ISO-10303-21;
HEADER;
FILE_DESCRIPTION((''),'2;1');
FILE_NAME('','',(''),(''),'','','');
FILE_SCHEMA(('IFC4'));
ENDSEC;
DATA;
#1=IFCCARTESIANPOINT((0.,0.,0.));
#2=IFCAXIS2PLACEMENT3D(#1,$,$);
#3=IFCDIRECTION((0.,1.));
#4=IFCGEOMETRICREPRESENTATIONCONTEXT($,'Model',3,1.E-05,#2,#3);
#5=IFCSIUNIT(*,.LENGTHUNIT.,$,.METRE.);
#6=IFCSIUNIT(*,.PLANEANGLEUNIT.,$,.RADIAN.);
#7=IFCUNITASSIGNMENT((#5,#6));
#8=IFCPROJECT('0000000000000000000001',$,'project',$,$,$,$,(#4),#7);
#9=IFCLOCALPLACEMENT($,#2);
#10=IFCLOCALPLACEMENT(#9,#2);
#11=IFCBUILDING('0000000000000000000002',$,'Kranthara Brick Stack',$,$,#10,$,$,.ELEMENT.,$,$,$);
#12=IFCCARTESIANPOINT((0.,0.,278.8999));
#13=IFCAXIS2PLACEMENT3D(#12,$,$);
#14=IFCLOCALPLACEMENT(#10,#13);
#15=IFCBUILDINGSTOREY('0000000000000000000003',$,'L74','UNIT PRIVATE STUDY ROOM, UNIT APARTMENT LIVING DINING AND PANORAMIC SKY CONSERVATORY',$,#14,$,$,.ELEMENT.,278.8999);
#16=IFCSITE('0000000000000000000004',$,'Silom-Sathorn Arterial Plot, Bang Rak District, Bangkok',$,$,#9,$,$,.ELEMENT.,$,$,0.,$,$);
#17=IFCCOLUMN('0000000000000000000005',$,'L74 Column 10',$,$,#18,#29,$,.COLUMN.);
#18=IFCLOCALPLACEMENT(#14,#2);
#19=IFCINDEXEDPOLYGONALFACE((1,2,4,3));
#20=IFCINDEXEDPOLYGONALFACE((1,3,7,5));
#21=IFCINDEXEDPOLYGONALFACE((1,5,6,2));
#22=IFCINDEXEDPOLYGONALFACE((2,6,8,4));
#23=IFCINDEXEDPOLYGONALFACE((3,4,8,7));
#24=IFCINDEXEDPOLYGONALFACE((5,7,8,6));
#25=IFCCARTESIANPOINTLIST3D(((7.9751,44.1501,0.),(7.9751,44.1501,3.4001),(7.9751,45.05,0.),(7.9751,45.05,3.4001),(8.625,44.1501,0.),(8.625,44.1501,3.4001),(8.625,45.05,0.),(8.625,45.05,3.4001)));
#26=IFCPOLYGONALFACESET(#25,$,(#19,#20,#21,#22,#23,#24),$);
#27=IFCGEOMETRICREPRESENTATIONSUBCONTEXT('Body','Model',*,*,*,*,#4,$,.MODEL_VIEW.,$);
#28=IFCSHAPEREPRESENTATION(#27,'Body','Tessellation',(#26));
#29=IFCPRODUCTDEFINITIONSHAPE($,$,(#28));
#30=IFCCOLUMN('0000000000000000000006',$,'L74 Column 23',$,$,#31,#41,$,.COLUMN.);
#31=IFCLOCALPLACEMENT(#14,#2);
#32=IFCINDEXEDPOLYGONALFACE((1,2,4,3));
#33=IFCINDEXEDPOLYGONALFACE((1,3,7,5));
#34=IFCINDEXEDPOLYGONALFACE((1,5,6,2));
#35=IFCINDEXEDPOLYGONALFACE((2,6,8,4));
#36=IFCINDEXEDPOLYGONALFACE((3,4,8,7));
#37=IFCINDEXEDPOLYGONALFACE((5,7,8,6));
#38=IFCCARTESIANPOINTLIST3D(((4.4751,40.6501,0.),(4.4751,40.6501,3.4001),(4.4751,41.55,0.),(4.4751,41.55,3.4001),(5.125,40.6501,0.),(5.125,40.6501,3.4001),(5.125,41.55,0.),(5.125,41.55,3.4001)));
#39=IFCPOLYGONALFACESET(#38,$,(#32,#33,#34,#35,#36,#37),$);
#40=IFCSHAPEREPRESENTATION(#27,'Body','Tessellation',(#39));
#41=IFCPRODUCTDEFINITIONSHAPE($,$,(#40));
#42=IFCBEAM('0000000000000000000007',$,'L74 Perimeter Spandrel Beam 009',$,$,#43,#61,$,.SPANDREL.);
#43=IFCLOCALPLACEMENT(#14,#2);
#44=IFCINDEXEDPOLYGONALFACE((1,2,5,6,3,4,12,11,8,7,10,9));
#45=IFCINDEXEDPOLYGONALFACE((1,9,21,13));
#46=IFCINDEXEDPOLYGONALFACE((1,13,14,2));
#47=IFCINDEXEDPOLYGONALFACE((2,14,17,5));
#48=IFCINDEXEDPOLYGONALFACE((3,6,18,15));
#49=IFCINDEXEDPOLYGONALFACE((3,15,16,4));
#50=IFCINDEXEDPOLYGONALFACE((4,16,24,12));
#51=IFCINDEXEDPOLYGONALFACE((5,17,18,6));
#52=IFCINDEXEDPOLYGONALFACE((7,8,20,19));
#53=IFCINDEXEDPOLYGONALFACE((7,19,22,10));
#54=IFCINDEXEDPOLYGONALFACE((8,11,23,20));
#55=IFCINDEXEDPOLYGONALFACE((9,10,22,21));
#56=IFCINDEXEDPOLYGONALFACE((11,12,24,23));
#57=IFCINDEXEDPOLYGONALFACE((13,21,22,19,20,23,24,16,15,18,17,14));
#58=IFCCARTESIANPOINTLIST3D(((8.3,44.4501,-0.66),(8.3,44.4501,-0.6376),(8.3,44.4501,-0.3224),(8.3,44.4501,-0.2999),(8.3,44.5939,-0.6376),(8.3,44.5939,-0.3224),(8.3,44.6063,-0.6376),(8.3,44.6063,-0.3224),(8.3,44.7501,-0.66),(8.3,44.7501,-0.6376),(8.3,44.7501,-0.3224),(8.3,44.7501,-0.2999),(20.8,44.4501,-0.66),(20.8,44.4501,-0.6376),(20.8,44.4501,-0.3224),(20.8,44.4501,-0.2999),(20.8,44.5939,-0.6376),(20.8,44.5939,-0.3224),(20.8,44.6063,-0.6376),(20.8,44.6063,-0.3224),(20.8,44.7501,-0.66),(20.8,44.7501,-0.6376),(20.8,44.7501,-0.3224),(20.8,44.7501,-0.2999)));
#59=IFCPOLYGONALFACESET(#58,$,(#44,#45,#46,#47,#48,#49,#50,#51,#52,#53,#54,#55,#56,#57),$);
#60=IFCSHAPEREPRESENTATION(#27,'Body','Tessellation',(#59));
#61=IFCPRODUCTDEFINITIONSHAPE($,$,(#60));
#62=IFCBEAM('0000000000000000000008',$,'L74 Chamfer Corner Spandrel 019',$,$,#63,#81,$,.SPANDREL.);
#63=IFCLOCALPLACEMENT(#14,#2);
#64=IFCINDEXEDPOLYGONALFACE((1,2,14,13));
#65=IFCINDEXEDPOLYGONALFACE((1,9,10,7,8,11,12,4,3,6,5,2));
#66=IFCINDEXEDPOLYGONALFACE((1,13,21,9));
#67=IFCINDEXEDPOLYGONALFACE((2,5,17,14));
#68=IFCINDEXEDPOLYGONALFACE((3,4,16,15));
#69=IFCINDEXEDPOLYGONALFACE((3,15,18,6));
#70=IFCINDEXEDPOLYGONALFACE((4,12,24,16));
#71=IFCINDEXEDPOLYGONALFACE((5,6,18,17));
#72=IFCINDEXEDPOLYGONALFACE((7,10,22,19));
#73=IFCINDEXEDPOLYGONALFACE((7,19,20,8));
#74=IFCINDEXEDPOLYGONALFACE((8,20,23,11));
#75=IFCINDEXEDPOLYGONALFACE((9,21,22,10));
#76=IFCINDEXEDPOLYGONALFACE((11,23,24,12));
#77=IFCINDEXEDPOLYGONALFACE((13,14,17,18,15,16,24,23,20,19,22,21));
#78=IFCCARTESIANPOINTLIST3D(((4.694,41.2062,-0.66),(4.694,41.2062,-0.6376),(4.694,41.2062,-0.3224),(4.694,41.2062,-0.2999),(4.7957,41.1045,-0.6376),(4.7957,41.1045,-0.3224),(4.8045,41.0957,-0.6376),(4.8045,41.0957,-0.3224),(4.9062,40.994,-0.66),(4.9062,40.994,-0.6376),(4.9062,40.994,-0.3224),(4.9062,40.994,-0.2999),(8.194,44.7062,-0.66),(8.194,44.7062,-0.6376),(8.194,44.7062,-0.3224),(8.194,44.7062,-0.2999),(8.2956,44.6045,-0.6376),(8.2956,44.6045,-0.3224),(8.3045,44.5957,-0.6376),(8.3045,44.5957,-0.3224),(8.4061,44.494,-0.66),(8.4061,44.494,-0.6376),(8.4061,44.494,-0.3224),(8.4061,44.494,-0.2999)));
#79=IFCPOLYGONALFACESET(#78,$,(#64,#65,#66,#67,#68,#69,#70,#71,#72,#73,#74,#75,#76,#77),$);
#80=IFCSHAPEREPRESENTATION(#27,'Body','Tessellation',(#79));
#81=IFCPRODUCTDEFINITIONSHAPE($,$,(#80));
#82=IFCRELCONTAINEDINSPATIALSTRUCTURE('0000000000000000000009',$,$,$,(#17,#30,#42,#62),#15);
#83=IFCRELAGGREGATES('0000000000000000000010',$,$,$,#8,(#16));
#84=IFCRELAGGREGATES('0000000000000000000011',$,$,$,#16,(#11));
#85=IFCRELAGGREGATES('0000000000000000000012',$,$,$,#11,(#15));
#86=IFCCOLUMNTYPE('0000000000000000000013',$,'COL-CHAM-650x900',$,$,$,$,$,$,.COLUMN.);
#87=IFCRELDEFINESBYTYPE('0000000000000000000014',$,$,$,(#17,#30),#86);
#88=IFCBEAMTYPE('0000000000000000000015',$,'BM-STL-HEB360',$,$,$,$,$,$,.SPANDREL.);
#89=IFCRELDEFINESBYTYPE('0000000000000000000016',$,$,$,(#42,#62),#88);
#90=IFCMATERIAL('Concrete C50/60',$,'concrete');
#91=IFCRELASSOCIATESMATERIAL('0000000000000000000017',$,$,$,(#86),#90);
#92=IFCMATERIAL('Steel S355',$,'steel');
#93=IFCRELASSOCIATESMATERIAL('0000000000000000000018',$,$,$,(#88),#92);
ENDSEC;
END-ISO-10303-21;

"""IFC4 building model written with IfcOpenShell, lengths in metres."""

from ifc_helpers import new_model, si_unit, direction, frame, origin, origin_2d, place, context, subcontext, project, spatial, rectangle, i_section, extrude, material, material_profile, profile_set, type_object, element, save


model = new_model("IFC4")

# Units and contexts
model_context = context("Model", 3, precision=1e-05, world=origin(), true_north=direction((0.0, 1.0)))
body_context = subcontext(model_context, "Body", "Model", "MODEL_VIEW")
ifc_project = project(units=[si_unit("LENGTHUNIT", "METRE"), si_unit("PLANEANGLEUNIT", "RADIAN")], contexts=[model_context])

# Site, building, storey
site_placement = place(None, origin())
site = spatial("IfcSite", under=ifc_project, at=site_placement, Name="Silom-Sathorn Arterial Plot, Bang Rak District, Bangkok", CompositionType="ELEMENT", RefElevation=0.0)
building_placement = place(site_placement, origin())
building = spatial("IfcBuilding", under=site, at=building_placement, Name="Kranthara Brick Stack", CompositionType="ELEMENT")
storey_placement = place(building_placement, frame((0.0, 0.0, 278.8999)))
storey = spatial("IfcBuildingStorey", under=building, at=storey_placement, Name="L74", Description="UNIT PRIVATE STUDY ROOM, UNIT APARTMENT LIVING DINING AND PANORAMIC SKY CONSERVATORY", CompositionType="ELEMENT", Elevation=278.8999)

# Columns
ifc_material_1 = material(Name="Concrete C50/60", Category="concrete")
ifc_material_profile_1 = material_profile(ifc_material_1, rectangle(XDim=0.6499, YDim=0.8999, at=origin_2d()), Name="RC 650x900")
ifc_profile_set_1 = profile_set([ifc_material_profile_1], Name="Concrete C50/60")
column_type = type_object("IfcColumnType", Name="COL-CHAM-650x900", PredefinedType="COLUMN", material=ifc_profile_set_1)
for number, where, z_axis, x_axis, name in (
    (1, (8.3, 44.6001, 0.0), (0.0, 0.0, 1.0), (1.0, 0.0, 0.0), "L74 Column 10"),
    (2, (4.8, 41.1001, 0.0), (0.0, 0.0, 1.0), (1.0, 0.0, 0.0), "L74 Column 23"),
):
    element("IfcColumn", number, at=place(storey_placement, frame(where, z_axis=z_axis, x_axis=x_axis)), inside=storey, type_object=column_type, Name=name, PredefinedType="COLUMN", context=body_context, shape_type="SweptSolid", body=[
        extrude(rectangle(XDim=0.6499, YDim=0.8999, at=origin_2d()), origin(), (0.0, 0.0, 1.0), 3.4001),
    ])

# Beams
ifc_material_2 = material(Name="Steel S355", Category="steel")
ifc_material_profile_2 = material_profile(ifc_material_2, i_section(OverallWidth=0.3, OverallDepth=0.3601, WebThickness=0.0125, FlangeThickness=0.0225, at=origin_2d()), Name="HEB 360")
ifc_profile_set_2 = profile_set([ifc_material_profile_2], Name="Steel S355")
beam_type = type_object("IfcBeamType", Name="BM-STL-HEB360", PredefinedType="SPANDREL", material=ifc_profile_set_2)
beam_1_placement = place(storey_placement, frame((8.3, 44.6001, -0.48), z_axis=(1.0, 0.0, 0.0), x_axis=(0.0, 1.0, 0.0)))
element("IfcBeam", 3, at=beam_1_placement, inside=storey, type_object=beam_type, Name="L74 Perimeter Spandrel Beam 009", PredefinedType="SPANDREL", context=body_context, shape_type="SweptSolid", body=[
    extrude(i_section(OverallWidth=0.3, OverallDepth=0.3601, WebThickness=0.0125, FlangeThickness=0.0225, at=origin_2d()), origin(), (0.0, 0.0, 1.0), 12.5),
])
beam_2_placement = place(storey_placement, frame((8.3, 44.6001, -0.48), z_axis=(-0.707107, -0.707107, 0.0), x_axis=(0.707107, -0.707107, 0.0)))
element("IfcBeam", 4, at=beam_2_placement, inside=storey, type_object=beam_type, Name="L74 Chamfer Corner Spandrel 019", PredefinedType="SPANDREL", context=body_context, shape_type="SweptSolid", body=[
    extrude(i_section(OverallWidth=0.3, OverallDepth=0.3601, WebThickness=0.0125, FlangeThickness=0.0225, at=origin_2d()), origin(), (0.0, 0.0, 1.0), 4.9497),
])

save(model, "model.ifc")
